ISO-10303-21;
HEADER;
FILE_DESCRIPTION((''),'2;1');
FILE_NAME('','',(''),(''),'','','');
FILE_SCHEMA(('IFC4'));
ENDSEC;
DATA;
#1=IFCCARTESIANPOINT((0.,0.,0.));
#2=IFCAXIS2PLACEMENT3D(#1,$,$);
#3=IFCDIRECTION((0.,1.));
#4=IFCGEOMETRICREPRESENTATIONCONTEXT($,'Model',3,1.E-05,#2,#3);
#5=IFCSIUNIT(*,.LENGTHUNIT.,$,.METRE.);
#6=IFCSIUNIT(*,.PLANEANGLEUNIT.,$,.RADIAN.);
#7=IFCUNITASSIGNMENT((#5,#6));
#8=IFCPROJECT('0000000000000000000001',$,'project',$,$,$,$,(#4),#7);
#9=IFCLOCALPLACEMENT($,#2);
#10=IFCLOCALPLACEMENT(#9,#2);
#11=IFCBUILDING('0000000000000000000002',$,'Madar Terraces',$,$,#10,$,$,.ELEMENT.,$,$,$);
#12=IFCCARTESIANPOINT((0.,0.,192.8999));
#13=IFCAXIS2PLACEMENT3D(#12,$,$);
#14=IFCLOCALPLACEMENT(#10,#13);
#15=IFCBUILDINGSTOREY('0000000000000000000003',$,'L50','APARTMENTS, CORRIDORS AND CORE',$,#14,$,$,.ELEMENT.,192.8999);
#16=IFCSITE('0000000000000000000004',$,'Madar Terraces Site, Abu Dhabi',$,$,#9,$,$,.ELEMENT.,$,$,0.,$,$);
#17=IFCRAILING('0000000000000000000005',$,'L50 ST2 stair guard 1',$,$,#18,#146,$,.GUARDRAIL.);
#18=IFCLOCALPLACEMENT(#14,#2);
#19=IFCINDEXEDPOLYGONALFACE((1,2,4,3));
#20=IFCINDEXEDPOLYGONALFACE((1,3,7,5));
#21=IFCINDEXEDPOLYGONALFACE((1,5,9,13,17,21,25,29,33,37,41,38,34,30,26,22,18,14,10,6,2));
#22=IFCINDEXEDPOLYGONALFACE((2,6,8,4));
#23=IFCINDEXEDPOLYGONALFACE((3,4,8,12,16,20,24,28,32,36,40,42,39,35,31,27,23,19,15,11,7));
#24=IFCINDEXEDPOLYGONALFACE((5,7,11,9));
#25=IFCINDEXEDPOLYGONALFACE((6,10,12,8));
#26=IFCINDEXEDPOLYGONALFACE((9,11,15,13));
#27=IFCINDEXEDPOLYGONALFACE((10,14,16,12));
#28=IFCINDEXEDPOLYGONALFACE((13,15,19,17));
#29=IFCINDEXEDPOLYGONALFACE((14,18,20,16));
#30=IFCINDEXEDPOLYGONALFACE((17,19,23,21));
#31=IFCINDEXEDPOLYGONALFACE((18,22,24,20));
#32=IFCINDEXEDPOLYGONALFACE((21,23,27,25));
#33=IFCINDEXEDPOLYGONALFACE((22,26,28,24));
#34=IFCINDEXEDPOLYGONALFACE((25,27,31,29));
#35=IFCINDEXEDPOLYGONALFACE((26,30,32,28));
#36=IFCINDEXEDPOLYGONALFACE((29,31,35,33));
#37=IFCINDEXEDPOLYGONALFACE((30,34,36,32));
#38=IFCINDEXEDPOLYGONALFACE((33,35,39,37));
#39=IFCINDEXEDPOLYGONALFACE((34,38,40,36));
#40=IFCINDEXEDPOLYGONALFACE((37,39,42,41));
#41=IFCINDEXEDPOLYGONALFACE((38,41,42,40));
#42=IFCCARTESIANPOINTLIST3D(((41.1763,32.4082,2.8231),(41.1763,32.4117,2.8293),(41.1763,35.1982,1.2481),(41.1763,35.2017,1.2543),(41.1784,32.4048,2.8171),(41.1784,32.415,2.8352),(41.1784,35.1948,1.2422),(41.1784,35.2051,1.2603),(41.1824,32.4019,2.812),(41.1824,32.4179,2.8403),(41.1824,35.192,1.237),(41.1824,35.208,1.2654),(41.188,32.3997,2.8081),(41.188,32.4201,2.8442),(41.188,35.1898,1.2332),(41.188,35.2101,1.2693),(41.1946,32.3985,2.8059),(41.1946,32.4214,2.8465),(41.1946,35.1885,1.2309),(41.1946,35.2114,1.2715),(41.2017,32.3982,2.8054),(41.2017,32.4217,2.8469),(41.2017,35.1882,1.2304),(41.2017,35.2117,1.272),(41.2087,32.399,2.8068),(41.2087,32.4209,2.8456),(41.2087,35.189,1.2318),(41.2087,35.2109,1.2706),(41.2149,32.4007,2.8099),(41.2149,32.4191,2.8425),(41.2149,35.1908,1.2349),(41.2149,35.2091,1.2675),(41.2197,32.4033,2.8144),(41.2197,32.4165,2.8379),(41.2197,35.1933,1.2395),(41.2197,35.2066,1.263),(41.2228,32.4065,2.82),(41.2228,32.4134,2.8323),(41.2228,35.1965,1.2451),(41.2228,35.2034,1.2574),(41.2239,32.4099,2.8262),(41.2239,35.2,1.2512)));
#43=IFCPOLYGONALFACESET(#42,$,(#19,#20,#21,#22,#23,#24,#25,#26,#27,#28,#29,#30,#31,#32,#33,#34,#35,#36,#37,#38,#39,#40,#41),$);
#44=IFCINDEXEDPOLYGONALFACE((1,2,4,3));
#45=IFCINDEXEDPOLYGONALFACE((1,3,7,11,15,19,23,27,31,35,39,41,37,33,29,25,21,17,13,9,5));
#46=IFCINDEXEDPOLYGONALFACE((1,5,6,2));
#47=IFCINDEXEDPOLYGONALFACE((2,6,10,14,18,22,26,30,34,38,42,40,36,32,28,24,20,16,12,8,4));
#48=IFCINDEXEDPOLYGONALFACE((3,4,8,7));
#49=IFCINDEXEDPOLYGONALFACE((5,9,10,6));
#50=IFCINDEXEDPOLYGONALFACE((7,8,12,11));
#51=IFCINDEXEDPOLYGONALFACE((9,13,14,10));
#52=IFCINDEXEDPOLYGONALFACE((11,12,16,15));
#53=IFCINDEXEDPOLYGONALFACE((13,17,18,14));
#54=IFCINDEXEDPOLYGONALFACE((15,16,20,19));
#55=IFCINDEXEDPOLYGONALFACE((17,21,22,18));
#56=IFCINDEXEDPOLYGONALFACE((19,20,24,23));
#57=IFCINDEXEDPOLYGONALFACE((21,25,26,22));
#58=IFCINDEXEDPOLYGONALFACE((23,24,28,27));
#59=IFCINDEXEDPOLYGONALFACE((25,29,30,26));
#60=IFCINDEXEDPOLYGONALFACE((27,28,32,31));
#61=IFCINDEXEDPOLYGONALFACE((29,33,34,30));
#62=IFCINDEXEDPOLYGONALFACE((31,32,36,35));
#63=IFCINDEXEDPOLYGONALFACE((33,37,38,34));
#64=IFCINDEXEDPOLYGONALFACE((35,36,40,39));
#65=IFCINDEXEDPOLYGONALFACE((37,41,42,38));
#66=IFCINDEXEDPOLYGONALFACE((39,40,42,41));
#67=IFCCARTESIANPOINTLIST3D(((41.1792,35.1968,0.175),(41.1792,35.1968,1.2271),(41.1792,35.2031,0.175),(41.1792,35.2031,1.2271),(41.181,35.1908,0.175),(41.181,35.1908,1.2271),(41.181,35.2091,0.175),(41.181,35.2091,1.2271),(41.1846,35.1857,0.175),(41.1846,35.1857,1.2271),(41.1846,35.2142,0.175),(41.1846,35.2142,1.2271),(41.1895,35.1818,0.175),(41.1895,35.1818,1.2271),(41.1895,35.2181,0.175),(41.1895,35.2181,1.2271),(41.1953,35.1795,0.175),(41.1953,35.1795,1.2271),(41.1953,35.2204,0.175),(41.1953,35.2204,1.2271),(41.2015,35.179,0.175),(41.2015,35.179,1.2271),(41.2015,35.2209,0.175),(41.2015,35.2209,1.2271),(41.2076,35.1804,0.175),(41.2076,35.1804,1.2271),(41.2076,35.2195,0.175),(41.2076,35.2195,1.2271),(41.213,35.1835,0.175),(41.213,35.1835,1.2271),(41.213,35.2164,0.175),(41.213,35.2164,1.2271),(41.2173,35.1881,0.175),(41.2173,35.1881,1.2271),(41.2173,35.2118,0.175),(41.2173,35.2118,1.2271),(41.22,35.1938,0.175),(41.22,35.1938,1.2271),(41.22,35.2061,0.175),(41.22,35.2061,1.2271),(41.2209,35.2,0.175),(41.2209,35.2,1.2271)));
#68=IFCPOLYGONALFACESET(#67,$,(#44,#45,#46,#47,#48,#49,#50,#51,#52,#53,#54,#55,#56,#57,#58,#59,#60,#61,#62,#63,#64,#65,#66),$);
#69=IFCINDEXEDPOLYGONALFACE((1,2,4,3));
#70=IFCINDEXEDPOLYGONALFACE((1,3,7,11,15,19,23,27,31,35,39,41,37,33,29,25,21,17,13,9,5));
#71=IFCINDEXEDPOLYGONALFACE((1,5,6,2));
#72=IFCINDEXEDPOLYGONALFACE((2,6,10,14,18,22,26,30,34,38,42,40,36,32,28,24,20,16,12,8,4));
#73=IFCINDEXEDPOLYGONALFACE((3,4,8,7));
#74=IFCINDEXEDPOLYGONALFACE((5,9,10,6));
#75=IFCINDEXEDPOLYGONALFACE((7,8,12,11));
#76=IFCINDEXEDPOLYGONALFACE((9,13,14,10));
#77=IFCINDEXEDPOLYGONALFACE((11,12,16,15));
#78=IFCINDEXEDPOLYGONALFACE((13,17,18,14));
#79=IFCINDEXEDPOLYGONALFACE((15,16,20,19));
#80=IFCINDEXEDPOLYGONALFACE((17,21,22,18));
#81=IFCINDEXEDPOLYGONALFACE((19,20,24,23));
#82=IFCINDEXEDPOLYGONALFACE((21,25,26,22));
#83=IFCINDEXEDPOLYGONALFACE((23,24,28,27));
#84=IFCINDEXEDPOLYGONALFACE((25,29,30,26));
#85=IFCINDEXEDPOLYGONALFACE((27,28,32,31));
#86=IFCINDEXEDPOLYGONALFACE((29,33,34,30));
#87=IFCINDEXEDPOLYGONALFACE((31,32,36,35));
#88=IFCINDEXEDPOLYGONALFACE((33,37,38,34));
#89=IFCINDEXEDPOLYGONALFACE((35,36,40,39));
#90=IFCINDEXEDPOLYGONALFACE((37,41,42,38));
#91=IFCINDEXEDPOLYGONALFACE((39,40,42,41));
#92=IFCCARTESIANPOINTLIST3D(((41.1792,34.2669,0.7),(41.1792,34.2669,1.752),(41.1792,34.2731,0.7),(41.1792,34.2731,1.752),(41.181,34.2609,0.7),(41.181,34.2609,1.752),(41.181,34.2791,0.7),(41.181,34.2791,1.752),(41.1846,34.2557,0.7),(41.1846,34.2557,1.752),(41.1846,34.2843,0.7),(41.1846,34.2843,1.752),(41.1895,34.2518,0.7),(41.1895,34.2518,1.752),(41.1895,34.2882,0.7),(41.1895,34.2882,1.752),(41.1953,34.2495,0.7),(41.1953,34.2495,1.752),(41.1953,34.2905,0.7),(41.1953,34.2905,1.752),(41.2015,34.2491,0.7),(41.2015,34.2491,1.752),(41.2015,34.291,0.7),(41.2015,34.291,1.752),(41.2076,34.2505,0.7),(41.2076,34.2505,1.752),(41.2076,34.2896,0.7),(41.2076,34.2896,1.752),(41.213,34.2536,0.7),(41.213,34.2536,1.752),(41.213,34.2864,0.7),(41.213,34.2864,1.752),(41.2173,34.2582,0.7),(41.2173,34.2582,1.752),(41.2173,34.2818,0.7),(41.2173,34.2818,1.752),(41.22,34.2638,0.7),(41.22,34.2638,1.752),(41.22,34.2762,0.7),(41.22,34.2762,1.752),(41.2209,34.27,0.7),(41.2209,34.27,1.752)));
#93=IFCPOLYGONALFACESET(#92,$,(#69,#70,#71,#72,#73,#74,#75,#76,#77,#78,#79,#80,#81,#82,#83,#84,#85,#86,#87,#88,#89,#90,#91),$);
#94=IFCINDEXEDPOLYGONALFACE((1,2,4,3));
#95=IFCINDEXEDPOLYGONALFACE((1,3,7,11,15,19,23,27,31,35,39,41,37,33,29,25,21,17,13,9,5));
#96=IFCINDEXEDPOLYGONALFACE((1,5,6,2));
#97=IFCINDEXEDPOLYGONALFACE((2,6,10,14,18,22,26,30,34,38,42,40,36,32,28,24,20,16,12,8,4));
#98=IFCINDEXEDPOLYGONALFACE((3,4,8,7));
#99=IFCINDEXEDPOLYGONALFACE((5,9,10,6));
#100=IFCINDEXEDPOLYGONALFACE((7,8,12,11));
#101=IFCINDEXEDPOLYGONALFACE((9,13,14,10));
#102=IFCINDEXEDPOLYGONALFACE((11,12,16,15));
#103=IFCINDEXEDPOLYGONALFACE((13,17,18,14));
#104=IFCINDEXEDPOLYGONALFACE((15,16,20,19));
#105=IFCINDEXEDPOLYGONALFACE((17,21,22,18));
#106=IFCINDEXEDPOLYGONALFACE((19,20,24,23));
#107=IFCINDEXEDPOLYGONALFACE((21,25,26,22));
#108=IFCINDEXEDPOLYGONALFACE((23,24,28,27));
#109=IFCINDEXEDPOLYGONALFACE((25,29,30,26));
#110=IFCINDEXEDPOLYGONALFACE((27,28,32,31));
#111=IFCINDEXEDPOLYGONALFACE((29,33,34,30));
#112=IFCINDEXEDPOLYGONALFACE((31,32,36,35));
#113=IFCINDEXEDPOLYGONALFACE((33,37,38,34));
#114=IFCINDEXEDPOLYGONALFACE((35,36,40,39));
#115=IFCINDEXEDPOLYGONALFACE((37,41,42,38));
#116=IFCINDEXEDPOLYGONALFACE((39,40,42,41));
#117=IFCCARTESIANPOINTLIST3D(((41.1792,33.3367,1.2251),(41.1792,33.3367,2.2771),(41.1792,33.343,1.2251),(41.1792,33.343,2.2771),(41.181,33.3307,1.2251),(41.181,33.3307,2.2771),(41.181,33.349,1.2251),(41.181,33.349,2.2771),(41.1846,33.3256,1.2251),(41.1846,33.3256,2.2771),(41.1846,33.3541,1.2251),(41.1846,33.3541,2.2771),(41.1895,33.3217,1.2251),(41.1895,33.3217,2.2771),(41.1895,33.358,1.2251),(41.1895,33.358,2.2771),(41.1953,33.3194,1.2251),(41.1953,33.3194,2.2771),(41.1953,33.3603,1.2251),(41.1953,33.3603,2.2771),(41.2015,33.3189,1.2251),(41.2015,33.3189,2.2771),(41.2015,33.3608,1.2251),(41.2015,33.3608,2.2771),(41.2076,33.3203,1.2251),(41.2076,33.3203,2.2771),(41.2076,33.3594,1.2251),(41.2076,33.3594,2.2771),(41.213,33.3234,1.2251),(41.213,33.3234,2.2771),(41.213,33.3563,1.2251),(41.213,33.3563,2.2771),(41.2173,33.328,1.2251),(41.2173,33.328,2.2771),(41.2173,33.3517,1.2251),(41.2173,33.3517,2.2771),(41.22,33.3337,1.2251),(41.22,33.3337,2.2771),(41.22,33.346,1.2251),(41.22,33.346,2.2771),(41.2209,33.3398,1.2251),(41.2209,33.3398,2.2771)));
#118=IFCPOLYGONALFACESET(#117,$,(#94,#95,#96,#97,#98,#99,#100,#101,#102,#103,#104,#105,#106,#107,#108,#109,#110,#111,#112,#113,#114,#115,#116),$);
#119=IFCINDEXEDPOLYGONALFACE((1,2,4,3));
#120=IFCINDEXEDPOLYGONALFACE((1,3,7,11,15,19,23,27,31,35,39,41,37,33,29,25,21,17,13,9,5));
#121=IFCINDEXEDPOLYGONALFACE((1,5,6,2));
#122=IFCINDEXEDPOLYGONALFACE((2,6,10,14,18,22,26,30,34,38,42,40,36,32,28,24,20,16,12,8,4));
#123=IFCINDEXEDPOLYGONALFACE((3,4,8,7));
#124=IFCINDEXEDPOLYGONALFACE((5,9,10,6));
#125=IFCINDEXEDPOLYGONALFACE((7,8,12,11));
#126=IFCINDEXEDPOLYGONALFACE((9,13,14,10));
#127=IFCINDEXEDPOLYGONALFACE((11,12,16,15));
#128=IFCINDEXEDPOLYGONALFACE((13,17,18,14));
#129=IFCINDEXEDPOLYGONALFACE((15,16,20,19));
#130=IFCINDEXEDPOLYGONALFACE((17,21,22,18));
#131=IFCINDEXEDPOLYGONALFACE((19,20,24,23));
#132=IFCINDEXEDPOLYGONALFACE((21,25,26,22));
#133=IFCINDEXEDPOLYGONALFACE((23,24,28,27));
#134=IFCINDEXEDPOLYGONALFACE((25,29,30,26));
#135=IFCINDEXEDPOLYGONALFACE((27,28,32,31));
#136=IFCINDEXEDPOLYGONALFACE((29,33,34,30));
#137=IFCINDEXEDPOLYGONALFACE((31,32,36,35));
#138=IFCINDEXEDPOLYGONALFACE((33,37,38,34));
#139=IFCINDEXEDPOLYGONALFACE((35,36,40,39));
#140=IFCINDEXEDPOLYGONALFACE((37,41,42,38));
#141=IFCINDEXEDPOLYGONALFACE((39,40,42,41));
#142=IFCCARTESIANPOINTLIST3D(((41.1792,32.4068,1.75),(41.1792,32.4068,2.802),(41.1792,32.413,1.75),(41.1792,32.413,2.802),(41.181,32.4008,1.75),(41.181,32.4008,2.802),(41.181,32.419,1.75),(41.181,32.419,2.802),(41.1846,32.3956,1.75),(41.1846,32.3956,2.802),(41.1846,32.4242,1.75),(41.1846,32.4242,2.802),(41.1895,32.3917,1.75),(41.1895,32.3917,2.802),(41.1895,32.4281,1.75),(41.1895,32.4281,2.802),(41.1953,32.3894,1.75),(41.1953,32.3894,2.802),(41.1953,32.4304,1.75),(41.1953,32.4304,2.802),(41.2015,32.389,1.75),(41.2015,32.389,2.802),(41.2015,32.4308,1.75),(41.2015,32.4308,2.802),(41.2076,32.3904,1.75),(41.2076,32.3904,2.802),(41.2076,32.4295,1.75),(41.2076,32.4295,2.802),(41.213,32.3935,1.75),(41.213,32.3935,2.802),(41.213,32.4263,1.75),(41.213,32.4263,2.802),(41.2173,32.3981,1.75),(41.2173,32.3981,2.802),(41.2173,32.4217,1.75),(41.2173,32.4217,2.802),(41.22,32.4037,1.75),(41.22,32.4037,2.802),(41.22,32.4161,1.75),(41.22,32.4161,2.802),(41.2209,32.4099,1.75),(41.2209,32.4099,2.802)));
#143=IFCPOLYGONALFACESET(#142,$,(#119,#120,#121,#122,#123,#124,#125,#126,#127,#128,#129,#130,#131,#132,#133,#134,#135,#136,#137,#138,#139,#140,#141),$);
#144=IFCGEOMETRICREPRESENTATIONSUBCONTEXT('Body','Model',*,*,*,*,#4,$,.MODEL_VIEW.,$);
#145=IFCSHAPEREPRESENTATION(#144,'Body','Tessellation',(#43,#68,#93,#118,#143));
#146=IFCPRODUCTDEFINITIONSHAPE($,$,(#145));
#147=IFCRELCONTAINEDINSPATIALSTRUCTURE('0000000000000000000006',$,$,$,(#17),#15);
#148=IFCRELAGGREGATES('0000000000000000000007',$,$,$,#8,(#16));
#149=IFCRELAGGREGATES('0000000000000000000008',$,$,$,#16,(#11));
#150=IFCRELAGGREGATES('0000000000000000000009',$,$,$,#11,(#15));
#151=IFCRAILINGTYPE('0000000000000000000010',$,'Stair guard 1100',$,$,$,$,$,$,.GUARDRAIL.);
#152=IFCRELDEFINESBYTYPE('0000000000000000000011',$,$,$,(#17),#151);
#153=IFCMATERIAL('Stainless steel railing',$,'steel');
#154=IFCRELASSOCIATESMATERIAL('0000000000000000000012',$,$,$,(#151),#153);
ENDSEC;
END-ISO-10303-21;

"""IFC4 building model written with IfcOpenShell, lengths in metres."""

from ifc_helpers import new_model, si_unit, direction, frame, origin, origin_2d, place, context, subcontext, project, spatial, circle, extrude, material, type_object, element, save


model = new_model("IFC4")

# Units and contexts
model_context = context("Model", 3, precision=1e-05, world=origin(), true_north=direction((0.0, 1.0)))
body_context = subcontext(model_context, "Body", "Model", "MODEL_VIEW")
ifc_project = project(units=[si_unit("LENGTHUNIT", "METRE"), si_unit("PLANEANGLEUNIT", "RADIAN")], contexts=[model_context])

# Site, building, storey
site_placement = place(None, origin())
site = spatial("IfcSite", under=ifc_project, at=site_placement, Name="Madar Terraces Site, Abu Dhabi", CompositionType="ELEMENT", RefElevation=0.0)
building_placement = place(site_placement, origin())
building = spatial("IfcBuilding", under=site, at=building_placement, Name="Madar Terraces", CompositionType="ELEMENT")
storey_placement = place(building_placement, frame((0.0, 0.0, 192.8999)))
storey = spatial("IfcBuildingStorey", under=building, at=storey_placement, Name="L50", Description="APARTMENTS, CORRIDORS AND CORE", CompositionType="ELEMENT", Elevation=192.8999)

# Railing
ifc_material_1 = material(Name="Stainless steel railing", Category="steel")
railing_type_1 = type_object("IfcRailingType", Name="Stair guard 1100", PredefinedType="GUARDRAIL", material=ifc_material_1)
railing_1_placement = place(storey_placement, frame((41.2, 35.2, 0.175)))
element("IfcRailing", 1, at=railing_1_placement, inside=storey, type_object=railing_type_1, Name="L50 ST2 stair guard 1", PredefinedType="GUARDRAIL", context=body_context, shape_type="SweptSolid", body=[
    extrude(circle(Radius=0.0239, at=origin_2d()), frame((0.0, 0.0, 1.0762), z_axis=(0.0, -0.870834, 0.491578), x_axis=(1.0, 0.0, 0.0)), (0.0, 0.0, 1.0), 3.2039),
    extrude(circle(Radius=0.021, at=origin_2d()), origin(), (0.0, 0.0, 1.0), 1.052),
    extrude(circle(Radius=0.021, at=origin_2d()), frame((0.0, -0.9299, 0.5249)), (0.0, 0.0, 1.0), 1.052),
    extrude(circle(Radius=0.021, at=origin_2d()), frame((0.0, -1.8601, 1.05)), (0.0, 0.0, 1.0), 1.052),
    extrude(circle(Radius=0.021, at=origin_2d()), frame((0.0, -2.79, 1.575)), (0.0, 0.0, 1.0), 1.052),
])

save(model, "model.ifc")
